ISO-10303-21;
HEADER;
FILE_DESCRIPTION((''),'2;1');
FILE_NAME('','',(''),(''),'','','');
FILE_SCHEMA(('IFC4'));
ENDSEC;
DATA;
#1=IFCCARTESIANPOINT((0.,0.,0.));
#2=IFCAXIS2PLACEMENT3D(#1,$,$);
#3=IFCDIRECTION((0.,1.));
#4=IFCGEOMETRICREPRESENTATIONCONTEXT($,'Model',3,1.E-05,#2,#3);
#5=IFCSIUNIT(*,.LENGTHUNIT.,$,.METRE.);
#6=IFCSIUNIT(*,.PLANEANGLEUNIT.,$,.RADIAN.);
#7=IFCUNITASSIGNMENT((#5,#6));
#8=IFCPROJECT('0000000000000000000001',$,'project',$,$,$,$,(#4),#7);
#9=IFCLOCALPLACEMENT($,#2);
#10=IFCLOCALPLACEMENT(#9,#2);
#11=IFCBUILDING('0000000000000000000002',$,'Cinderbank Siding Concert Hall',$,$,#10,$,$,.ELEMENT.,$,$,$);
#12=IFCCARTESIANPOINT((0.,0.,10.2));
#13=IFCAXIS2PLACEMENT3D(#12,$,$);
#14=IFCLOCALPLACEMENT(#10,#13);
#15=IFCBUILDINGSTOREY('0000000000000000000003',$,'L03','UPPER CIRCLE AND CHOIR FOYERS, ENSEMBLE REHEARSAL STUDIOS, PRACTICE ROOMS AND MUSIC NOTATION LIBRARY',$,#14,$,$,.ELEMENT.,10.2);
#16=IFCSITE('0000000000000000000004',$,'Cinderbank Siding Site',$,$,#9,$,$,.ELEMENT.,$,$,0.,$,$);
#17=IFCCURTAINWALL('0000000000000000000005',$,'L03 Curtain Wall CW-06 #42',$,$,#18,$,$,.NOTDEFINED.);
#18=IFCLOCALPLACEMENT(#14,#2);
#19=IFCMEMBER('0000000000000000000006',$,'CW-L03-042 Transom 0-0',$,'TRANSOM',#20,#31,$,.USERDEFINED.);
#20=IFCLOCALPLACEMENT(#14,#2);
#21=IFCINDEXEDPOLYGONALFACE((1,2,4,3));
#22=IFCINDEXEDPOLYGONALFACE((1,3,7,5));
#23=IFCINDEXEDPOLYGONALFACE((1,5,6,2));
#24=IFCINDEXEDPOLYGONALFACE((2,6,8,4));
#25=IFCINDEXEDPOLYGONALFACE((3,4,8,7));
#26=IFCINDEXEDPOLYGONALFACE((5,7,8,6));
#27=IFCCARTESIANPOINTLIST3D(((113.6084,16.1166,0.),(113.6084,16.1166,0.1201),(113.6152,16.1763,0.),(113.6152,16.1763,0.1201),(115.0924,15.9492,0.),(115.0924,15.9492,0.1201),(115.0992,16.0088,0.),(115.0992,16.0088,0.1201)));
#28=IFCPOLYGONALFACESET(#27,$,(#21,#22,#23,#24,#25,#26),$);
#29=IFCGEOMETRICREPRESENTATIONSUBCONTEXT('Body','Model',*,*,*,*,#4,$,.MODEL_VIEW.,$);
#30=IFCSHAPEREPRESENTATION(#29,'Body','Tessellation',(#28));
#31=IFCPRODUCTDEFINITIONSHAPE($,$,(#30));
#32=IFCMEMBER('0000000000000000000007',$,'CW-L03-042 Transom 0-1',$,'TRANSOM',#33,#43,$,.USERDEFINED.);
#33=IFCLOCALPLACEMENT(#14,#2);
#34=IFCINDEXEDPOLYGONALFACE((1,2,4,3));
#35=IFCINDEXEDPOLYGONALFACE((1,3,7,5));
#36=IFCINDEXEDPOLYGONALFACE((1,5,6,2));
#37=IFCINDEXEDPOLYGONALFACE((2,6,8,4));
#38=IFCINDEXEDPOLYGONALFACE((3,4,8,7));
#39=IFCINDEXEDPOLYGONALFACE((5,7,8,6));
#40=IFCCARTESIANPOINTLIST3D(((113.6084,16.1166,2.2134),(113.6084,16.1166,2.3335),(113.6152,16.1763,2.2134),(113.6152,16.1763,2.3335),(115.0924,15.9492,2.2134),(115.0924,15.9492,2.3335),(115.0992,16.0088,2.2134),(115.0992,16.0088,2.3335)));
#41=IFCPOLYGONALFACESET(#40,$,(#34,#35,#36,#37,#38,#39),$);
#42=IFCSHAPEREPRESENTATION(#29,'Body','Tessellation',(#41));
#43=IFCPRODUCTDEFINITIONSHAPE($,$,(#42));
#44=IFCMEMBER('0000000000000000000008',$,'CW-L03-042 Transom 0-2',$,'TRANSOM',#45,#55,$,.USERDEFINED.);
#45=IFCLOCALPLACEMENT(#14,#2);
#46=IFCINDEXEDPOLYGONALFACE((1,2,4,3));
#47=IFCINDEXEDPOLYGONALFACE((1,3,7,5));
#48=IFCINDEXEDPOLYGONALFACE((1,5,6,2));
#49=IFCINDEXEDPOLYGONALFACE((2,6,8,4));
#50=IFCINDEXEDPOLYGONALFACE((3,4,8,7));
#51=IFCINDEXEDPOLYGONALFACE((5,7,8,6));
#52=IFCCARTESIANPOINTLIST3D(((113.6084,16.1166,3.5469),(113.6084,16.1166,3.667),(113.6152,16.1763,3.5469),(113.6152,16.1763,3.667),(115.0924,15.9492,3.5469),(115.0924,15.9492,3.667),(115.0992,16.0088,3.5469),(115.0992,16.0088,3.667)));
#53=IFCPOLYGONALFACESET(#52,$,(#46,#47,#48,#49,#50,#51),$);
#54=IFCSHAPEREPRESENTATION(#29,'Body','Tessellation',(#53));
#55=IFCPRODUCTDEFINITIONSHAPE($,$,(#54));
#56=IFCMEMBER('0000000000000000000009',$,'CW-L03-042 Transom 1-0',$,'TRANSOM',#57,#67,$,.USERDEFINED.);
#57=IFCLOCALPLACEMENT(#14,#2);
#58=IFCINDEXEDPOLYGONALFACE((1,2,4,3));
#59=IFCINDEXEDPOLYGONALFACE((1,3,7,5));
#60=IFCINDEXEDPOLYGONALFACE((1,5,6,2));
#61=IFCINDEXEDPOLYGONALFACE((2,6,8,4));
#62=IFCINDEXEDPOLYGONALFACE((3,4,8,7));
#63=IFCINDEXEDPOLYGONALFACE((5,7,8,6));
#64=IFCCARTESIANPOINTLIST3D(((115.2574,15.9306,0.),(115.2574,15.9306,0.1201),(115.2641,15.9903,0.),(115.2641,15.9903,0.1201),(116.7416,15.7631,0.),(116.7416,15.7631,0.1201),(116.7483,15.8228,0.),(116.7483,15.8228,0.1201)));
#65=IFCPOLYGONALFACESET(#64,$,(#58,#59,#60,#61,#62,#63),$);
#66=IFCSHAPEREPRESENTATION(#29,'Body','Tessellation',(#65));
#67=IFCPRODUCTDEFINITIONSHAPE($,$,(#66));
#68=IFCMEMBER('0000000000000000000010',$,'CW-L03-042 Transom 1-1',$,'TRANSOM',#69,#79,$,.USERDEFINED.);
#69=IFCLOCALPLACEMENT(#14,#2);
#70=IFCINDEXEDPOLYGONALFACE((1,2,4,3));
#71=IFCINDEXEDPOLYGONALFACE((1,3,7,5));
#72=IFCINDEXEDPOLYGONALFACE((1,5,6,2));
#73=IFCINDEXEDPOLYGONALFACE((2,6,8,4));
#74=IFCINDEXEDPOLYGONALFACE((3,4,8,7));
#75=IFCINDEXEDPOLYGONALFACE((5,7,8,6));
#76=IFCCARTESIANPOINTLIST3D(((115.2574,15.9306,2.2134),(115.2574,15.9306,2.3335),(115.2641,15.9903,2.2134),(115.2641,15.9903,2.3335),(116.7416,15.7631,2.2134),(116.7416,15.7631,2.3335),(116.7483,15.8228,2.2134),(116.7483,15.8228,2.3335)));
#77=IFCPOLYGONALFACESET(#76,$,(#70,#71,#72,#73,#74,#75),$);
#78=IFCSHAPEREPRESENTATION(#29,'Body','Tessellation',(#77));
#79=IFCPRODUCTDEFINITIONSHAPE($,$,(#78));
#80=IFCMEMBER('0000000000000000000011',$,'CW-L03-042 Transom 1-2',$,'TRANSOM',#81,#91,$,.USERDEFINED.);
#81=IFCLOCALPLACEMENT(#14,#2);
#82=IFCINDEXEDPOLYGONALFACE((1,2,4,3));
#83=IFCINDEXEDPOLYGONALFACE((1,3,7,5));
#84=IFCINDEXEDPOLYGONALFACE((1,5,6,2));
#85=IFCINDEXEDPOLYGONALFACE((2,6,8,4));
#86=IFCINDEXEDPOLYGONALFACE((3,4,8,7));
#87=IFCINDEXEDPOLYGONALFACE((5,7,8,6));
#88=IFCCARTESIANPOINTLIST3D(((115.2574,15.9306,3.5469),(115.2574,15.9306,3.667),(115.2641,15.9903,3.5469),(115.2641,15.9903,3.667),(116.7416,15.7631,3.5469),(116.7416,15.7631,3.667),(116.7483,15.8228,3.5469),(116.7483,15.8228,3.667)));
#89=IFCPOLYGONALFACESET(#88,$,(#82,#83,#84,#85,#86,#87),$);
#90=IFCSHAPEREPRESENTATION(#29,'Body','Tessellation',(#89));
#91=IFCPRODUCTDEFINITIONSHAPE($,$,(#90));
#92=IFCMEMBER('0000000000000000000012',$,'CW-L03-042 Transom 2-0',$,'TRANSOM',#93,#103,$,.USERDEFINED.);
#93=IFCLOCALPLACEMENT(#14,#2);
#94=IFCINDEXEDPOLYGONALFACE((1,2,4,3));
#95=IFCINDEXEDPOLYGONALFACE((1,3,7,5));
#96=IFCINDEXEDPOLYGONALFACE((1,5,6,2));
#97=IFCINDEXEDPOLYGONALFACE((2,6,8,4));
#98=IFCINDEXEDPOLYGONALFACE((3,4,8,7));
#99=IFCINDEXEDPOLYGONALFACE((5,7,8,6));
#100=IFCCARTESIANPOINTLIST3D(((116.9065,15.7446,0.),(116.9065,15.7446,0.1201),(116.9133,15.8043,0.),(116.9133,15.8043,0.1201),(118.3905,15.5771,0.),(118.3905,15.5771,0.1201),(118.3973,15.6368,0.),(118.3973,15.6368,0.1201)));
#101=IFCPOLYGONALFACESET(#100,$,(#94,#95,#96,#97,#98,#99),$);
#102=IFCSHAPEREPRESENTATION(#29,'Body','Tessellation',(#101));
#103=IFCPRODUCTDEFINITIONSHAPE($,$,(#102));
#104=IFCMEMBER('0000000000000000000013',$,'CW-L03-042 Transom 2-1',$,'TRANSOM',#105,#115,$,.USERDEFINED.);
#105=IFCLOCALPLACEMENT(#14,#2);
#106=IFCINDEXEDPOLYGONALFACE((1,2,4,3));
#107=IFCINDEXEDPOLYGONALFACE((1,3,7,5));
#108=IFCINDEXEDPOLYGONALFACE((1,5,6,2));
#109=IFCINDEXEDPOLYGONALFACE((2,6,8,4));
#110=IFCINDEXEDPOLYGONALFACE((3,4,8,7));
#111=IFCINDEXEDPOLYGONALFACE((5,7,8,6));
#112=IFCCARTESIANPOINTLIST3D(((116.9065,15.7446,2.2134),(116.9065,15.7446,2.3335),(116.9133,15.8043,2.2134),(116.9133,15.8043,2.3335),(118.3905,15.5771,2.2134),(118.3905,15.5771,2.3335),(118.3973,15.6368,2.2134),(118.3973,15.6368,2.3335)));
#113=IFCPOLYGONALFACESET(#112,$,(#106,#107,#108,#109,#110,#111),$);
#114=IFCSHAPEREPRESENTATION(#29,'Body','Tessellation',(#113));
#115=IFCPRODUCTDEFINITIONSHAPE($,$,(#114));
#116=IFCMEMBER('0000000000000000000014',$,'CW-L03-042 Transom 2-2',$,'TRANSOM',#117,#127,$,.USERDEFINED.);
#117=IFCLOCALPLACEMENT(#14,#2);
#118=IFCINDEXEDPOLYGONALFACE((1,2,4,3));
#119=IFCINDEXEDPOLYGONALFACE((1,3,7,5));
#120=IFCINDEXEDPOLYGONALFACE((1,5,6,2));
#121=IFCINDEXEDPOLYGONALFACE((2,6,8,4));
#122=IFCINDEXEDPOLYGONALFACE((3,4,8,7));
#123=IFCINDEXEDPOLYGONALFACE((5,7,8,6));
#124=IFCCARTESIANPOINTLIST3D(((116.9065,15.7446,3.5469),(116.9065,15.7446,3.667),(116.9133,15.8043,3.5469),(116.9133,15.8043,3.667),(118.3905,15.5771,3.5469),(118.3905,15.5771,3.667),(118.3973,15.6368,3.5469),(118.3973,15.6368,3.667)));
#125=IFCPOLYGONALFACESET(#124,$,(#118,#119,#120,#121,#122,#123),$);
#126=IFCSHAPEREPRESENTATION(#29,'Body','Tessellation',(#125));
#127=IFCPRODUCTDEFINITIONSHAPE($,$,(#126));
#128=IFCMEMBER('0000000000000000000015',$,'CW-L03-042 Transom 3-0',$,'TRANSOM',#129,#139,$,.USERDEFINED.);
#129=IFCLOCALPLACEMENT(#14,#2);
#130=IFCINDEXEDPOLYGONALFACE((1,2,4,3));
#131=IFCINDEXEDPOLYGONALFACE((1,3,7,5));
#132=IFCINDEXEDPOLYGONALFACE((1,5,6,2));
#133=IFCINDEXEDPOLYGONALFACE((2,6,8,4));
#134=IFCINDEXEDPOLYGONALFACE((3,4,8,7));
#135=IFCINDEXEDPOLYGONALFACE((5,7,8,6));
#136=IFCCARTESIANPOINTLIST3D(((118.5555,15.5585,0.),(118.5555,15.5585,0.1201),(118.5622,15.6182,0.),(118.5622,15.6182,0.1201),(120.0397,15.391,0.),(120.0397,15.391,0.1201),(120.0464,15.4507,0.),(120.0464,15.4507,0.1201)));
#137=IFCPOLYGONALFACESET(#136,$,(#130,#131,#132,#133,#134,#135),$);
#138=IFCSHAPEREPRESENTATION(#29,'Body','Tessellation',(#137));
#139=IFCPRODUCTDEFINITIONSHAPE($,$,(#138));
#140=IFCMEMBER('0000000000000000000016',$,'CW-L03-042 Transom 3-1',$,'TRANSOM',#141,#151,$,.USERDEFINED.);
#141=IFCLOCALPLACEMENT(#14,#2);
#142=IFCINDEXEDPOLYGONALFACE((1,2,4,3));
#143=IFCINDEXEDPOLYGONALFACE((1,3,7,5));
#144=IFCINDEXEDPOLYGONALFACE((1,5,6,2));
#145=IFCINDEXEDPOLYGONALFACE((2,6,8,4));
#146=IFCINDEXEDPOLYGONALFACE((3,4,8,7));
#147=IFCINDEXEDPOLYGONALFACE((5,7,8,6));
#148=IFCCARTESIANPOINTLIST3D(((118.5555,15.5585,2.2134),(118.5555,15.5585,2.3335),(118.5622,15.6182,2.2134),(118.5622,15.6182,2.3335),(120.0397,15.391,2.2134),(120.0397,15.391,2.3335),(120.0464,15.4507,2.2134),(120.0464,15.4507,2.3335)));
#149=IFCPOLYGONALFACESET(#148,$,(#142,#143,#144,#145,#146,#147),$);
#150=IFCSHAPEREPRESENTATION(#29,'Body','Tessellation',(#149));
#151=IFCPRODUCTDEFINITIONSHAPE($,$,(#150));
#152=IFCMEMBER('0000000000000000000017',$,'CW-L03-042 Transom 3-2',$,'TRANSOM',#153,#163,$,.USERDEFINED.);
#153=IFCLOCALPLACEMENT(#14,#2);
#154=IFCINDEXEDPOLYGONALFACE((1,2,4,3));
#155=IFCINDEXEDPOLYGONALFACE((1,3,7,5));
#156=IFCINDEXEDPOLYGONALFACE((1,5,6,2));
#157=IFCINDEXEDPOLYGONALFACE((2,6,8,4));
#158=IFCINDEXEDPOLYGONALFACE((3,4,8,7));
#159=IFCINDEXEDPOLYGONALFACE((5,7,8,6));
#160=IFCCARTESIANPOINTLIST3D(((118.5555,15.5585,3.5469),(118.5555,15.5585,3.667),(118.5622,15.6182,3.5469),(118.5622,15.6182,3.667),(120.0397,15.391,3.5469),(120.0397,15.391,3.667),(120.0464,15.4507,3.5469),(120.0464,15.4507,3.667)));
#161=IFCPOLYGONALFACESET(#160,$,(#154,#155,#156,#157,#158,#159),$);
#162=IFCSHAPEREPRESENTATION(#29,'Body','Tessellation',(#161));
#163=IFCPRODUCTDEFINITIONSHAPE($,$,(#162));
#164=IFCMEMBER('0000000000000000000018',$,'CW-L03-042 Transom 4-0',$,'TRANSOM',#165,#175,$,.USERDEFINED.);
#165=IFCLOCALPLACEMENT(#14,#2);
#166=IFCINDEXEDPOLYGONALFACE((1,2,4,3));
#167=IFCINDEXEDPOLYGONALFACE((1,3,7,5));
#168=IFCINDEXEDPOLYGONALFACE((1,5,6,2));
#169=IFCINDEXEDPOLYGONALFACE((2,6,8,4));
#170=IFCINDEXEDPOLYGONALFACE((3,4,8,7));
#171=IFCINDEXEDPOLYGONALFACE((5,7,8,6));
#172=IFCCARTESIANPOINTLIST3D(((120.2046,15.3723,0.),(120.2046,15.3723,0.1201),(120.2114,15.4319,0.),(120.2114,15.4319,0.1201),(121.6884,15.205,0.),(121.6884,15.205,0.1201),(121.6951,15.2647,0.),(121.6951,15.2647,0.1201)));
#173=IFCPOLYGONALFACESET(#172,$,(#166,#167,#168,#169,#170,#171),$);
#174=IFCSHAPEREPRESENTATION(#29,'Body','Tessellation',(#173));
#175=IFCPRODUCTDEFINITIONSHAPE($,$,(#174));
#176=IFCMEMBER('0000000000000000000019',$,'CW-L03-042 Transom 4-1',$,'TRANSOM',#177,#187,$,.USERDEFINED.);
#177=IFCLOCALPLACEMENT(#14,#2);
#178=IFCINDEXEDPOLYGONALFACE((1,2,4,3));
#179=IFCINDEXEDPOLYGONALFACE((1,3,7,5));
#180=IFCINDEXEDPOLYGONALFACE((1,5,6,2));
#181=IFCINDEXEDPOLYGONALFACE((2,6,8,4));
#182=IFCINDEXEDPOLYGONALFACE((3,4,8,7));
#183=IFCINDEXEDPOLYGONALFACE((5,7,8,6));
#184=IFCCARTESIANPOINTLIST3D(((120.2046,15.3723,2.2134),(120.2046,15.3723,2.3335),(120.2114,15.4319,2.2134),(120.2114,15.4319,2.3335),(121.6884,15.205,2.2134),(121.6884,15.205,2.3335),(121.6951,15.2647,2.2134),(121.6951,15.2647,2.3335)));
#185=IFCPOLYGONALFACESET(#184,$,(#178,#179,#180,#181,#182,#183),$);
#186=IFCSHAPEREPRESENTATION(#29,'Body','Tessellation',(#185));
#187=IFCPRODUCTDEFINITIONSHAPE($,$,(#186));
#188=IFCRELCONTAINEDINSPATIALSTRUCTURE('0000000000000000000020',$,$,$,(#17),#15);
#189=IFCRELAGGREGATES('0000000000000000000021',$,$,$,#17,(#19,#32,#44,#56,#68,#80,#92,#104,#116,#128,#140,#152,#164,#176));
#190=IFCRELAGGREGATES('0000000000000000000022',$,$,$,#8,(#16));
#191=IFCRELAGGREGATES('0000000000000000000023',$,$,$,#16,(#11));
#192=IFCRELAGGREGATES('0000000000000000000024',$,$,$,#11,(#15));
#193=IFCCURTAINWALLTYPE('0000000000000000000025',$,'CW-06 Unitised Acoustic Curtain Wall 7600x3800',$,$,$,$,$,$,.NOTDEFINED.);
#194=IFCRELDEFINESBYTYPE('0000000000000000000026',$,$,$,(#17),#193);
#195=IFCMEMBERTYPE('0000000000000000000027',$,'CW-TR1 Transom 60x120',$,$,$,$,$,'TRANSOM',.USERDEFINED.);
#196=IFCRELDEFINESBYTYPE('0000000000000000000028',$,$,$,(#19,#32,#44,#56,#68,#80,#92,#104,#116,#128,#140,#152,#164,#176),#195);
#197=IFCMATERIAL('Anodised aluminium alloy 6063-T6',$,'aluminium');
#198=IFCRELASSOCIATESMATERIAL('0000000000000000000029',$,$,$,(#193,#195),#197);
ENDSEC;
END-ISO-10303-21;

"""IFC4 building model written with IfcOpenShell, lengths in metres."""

from ifc_helpers import new_model, si_unit, direction, frame, origin, origin_2d, place, context, subcontext, project, spatial, rectangle, extrude, material, material_profile, profile_set, type_object, element, aggregate, save


model = new_model("IFC4")

# Units and contexts
model_context = context("Model", 3, precision=1e-05, world=origin(), true_north=direction((0.0, 1.0)))
body_context = subcontext(model_context, "Body", "Model", "MODEL_VIEW")
ifc_project = project(units=[si_unit("LENGTHUNIT", "METRE"), si_unit("PLANEANGLEUNIT", "RADIAN")], contexts=[model_context])

# Site, building, storey
site_placement = place(None, origin())
site = spatial("IfcSite", under=ifc_project, at=site_placement, Name="Cinderbank Siding Site", CompositionType="ELEMENT", RefElevation=0.0)
building_placement = place(site_placement, origin())
building = spatial("IfcBuilding", under=site, at=building_placement, Name="Cinderbank Siding Concert Hall", CompositionType="ELEMENT")
storey_placement = place(building_placement, frame((0.0, 0.0, 10.2)))
storey = spatial("IfcBuildingStorey", under=building, at=storey_placement, Name="L03", Description="UPPER CIRCLE AND CHOIR FOYERS, ENSEMBLE REHEARSAL STUDIOS, PRACTICE ROOMS AND MUSIC NOTATION LIBRARY", CompositionType="ELEMENT", Elevation=10.2)

# Curtain wall, members
ifc_material_1 = material(Name="Anodised aluminium alloy 6063-T6", Category="aluminium")
curtain_wall_type = type_object("IfcCurtainWallType", Name="CW-06 Unitised Acoustic Curtain Wall 7600x3800", PredefinedType="NOTDEFINED", material=ifc_material_1)
curtain_wall_placement = place(storey_placement, origin())
curtain_wall = element("IfcCurtainWall", 1, at=curtain_wall_placement, inside=storey, type_object=curtain_wall_type, Name="L03 Curtain Wall CW-06 #42", PredefinedType="NOTDEFINED")
ifc_material_profile_1 = material_profile(ifc_material_1, rectangle(XDim=0.0601, YDim=0.1201, at=origin_2d()), Name="ALU-TRAN-60x120", Category="LoadBearing")
ifc_profile_set_1 = profile_set([ifc_material_profile_1], Name="Anodised aluminium alloy 6063-T6")
member_type_1 = type_object("IfcMemberType", Name="CW-TR1 Transom 60x120", ElementType="TRANSOM", PredefinedType="USERDEFINED", material=ifc_profile_set_1)
member_1_placement = place(storey_placement, frame((113.6118, 16.1465, 0.0601), z_axis=(0.993691, -0.112154, 0.0), x_axis=(0.112154, 0.993691, 0.0)))
member_1 = element("IfcMember", 2, at=member_1_placement, type_object=member_type_1, Name="CW-L03-042 Transom 0-0", ObjectType="TRANSOM", PredefinedType="USERDEFINED", context=body_context, shape_type="SweptSolid", body=[
    extrude(rectangle(XDim=0.0601, YDim=0.1201, at=origin_2d()), origin(), (0.0, 0.0, 1.0), 1.4934),
])
member_2_placement = place(storey_placement, frame((113.6118, 16.1465, 2.2734), z_axis=(0.993691, -0.112154, 0.0), x_axis=(0.112154, 0.993691, 0.0)))
member_2 = element("IfcMember", 3, at=member_2_placement, type_object=member_type_1, Name="CW-L03-042 Transom 0-1", ObjectType="TRANSOM", PredefinedType="USERDEFINED", context=body_context, shape_type="SweptSolid", body=[
    extrude(rectangle(XDim=0.0601, YDim=0.1201, at=origin_2d()), origin(), (0.0, 0.0, 1.0), 1.4934),
])
member_3_placement = place(storey_placement, frame((113.6118, 16.1465, 3.6069), z_axis=(0.993691, -0.112154, 0.0), x_axis=(0.112154, 0.993691, 0.0)))
member_3 = element("IfcMember", 4, at=member_3_placement, type_object=member_type_1, Name="CW-L03-042 Transom 0-2", ObjectType="TRANSOM", PredefinedType="USERDEFINED", context=body_context, shape_type="SweptSolid", body=[
    extrude(rectangle(XDim=0.0601, YDim=0.1201, at=origin_2d()), origin(), (0.0, 0.0, 1.0), 1.4934),
])
member_4_placement = place(storey_placement, frame((115.2607, 15.9604, 0.0601), z_axis=(0.993693, -0.112136, 0.0), x_axis=(0.112136, 0.993693, 0.0)))
member_4 = element("IfcMember", 5, at=member_4_placement, type_object=member_type_1, Name="CW-L03-042 Transom 1-0", ObjectType="TRANSOM", PredefinedType="USERDEFINED", context=body_context, shape_type="SweptSolid", body=[
    extrude(rectangle(XDim=0.0601, YDim=0.1201, at=origin_2d()), origin(), (0.0, 0.0, 1.0), 1.4937),
])
member_5_placement = place(storey_placement, frame((115.2607, 15.9604, 2.2734), z_axis=(0.993693, -0.112136, 0.0), x_axis=(0.112136, 0.993693, 0.0)))
member_5 = element("IfcMember", 6, at=member_5_placement, type_object=member_type_1, Name="CW-L03-042 Transom 1-1", ObjectType="TRANSOM", PredefinedType="USERDEFINED", context=body_context, shape_type="SweptSolid", body=[
    extrude(rectangle(XDim=0.0601, YDim=0.1201, at=origin_2d()), origin(), (0.0, 0.0, 1.0), 1.4937),
])
member_6_placement = place(storey_placement, frame((115.2607, 15.9604, 3.6069), z_axis=(0.993693, -0.112136, 0.0), x_axis=(0.112136, 0.993693, 0.0)))
member_6 = element("IfcMember", 7, at=member_6_placement, type_object=member_type_1, Name="CW-L03-042 Transom 1-2", ObjectType="TRANSOM", PredefinedType="USERDEFINED", context=body_context, shape_type="SweptSolid", body=[
    extrude(rectangle(XDim=0.0601, YDim=0.1201, at=origin_2d()), origin(), (0.0, 0.0, 1.0), 1.4937),
])
member_7_placement = place(storey_placement, frame((116.9099, 15.7744, 0.0601), z_axis=(0.993691, -0.112154, 0.0), x_axis=(0.112154, 0.993691, 0.0)))
member_7 = element("IfcMember", 8, at=member_7_placement, type_object=member_type_1, Name="CW-L03-042 Transom 2-0", ObjectType="TRANSOM", PredefinedType="USERDEFINED", context=body_context, shape_type="SweptSolid", body=[
    extrude(rectangle(XDim=0.0601, YDim=0.1201, at=origin_2d()), origin(), (0.0, 0.0, 1.0), 1.4934),
])
member_8_placement = place(storey_placement, frame((116.9099, 15.7744, 2.2734), z_axis=(0.993691, -0.112154, 0.0), x_axis=(0.112154, 0.993691, 0.0)))
member_8 = element("IfcMember", 9, at=member_8_placement, type_object=member_type_1, Name="CW-L03-042 Transom 2-1", ObjectType="TRANSOM", PredefinedType="USERDEFINED", context=body_context, shape_type="SweptSolid", body=[
    extrude(rectangle(XDim=0.0601, YDim=0.1201, at=origin_2d()), origin(), (0.0, 0.0, 1.0), 1.4934),
])
member_9_placement = place(storey_placement, frame((116.9099, 15.7744, 3.6069), z_axis=(0.993691, -0.112154, 0.0), x_axis=(0.112154, 0.993691, 0.0)))
member_9 = element("IfcMember", 10, at=member_9_placement, type_object=member_type_1, Name="CW-L03-042 Transom 2-2", ObjectType="TRANSOM", PredefinedType="USERDEFINED", context=body_context, shape_type="SweptSolid", body=[
    extrude(rectangle(XDim=0.0601, YDim=0.1201, at=origin_2d()), origin(), (0.0, 0.0, 1.0), 1.4934),
])
member_10_placement = place(storey_placement, frame((118.5588, 15.5884, 0.0601), z_axis=(0.993693, -0.112136, 0.0), x_axis=(0.112136, 0.993693, 0.0)))
member_10 = element("IfcMember", 11, at=member_10_placement, type_object=member_type_1, Name="CW-L03-042 Transom 3-0", ObjectType="TRANSOM", PredefinedType="USERDEFINED", context=body_context, shape_type="SweptSolid", body=[
    extrude(rectangle(XDim=0.0601, YDim=0.1201, at=origin_2d()), origin(), (0.0, 0.0, 1.0), 1.4937),
])
member_11_placement = place(storey_placement, frame((118.5588, 15.5884, 2.2734), z_axis=(0.993693, -0.112136, 0.0), x_axis=(0.112136, 0.993693, 0.0)))
member_11 = element("IfcMember", 12, at=member_11_placement, type_object=member_type_1, Name="CW-L03-042 Transom 3-1", ObjectType="TRANSOM", PredefinedType="USERDEFINED", context=body_context, shape_type="SweptSolid", body=[
    extrude(rectangle(XDim=0.0601, YDim=0.1201, at=origin_2d()), origin(), (0.0, 0.0, 1.0), 1.4937),
])
member_12_placement = place(storey_placement, frame((118.5588, 15.5884, 3.6069), z_axis=(0.993693, -0.112136, 0.0), x_axis=(0.112136, 0.993693, 0.0)))
member_12 = element("IfcMember", 13, at=member_12_placement, type_object=member_type_1, Name="CW-L03-042 Transom 3-2", ObjectType="TRANSOM", PredefinedType="USERDEFINED", context=body_context, shape_type="SweptSolid", body=[
    extrude(rectangle(XDim=0.0601, YDim=0.1201, at=origin_2d()), origin(), (0.0, 0.0, 1.0), 1.4937),
])
member_13_placement = place(storey_placement, frame((120.208, 15.4021, 0.0601), z_axis=(0.993709, -0.111993, 0.0), x_axis=(0.111993, 0.993709, 0.0)))
member_13 = element("IfcMember", 14, at=member_13_placement, type_object=member_type_1, Name="CW-L03-042 Transom 4-0", ObjectType="TRANSOM", PredefinedType="USERDEFINED", context=body_context, shape_type="SweptSolid", body=[
    extrude(rectangle(XDim=0.0601, YDim=0.1201, at=origin_2d()), origin(), (0.0, 0.0, 1.0), 1.4932),
])
member_14_placement = place(storey_placement, frame((120.208, 15.4021, 2.2734), z_axis=(0.993709, -0.111993, 0.0), x_axis=(0.111993, 0.993709, 0.0)))
member_14 = element("IfcMember", 15, at=member_14_placement, type_object=member_type_1, Name="CW-L03-042 Transom 4-1", ObjectType="TRANSOM", PredefinedType="USERDEFINED", context=body_context, shape_type="SweptSolid", body=[
    extrude(rectangle(XDim=0.0601, YDim=0.1201, at=origin_2d()), origin(), (0.0, 0.0, 1.0), 1.4932),
])

aggregate(curtain_wall, [member_1, member_2, member_3, member_4, member_5, member_6, member_7, member_8, member_9, member_10, member_11, member_12, member_13, member_14])

save(model, "model.ifc")
